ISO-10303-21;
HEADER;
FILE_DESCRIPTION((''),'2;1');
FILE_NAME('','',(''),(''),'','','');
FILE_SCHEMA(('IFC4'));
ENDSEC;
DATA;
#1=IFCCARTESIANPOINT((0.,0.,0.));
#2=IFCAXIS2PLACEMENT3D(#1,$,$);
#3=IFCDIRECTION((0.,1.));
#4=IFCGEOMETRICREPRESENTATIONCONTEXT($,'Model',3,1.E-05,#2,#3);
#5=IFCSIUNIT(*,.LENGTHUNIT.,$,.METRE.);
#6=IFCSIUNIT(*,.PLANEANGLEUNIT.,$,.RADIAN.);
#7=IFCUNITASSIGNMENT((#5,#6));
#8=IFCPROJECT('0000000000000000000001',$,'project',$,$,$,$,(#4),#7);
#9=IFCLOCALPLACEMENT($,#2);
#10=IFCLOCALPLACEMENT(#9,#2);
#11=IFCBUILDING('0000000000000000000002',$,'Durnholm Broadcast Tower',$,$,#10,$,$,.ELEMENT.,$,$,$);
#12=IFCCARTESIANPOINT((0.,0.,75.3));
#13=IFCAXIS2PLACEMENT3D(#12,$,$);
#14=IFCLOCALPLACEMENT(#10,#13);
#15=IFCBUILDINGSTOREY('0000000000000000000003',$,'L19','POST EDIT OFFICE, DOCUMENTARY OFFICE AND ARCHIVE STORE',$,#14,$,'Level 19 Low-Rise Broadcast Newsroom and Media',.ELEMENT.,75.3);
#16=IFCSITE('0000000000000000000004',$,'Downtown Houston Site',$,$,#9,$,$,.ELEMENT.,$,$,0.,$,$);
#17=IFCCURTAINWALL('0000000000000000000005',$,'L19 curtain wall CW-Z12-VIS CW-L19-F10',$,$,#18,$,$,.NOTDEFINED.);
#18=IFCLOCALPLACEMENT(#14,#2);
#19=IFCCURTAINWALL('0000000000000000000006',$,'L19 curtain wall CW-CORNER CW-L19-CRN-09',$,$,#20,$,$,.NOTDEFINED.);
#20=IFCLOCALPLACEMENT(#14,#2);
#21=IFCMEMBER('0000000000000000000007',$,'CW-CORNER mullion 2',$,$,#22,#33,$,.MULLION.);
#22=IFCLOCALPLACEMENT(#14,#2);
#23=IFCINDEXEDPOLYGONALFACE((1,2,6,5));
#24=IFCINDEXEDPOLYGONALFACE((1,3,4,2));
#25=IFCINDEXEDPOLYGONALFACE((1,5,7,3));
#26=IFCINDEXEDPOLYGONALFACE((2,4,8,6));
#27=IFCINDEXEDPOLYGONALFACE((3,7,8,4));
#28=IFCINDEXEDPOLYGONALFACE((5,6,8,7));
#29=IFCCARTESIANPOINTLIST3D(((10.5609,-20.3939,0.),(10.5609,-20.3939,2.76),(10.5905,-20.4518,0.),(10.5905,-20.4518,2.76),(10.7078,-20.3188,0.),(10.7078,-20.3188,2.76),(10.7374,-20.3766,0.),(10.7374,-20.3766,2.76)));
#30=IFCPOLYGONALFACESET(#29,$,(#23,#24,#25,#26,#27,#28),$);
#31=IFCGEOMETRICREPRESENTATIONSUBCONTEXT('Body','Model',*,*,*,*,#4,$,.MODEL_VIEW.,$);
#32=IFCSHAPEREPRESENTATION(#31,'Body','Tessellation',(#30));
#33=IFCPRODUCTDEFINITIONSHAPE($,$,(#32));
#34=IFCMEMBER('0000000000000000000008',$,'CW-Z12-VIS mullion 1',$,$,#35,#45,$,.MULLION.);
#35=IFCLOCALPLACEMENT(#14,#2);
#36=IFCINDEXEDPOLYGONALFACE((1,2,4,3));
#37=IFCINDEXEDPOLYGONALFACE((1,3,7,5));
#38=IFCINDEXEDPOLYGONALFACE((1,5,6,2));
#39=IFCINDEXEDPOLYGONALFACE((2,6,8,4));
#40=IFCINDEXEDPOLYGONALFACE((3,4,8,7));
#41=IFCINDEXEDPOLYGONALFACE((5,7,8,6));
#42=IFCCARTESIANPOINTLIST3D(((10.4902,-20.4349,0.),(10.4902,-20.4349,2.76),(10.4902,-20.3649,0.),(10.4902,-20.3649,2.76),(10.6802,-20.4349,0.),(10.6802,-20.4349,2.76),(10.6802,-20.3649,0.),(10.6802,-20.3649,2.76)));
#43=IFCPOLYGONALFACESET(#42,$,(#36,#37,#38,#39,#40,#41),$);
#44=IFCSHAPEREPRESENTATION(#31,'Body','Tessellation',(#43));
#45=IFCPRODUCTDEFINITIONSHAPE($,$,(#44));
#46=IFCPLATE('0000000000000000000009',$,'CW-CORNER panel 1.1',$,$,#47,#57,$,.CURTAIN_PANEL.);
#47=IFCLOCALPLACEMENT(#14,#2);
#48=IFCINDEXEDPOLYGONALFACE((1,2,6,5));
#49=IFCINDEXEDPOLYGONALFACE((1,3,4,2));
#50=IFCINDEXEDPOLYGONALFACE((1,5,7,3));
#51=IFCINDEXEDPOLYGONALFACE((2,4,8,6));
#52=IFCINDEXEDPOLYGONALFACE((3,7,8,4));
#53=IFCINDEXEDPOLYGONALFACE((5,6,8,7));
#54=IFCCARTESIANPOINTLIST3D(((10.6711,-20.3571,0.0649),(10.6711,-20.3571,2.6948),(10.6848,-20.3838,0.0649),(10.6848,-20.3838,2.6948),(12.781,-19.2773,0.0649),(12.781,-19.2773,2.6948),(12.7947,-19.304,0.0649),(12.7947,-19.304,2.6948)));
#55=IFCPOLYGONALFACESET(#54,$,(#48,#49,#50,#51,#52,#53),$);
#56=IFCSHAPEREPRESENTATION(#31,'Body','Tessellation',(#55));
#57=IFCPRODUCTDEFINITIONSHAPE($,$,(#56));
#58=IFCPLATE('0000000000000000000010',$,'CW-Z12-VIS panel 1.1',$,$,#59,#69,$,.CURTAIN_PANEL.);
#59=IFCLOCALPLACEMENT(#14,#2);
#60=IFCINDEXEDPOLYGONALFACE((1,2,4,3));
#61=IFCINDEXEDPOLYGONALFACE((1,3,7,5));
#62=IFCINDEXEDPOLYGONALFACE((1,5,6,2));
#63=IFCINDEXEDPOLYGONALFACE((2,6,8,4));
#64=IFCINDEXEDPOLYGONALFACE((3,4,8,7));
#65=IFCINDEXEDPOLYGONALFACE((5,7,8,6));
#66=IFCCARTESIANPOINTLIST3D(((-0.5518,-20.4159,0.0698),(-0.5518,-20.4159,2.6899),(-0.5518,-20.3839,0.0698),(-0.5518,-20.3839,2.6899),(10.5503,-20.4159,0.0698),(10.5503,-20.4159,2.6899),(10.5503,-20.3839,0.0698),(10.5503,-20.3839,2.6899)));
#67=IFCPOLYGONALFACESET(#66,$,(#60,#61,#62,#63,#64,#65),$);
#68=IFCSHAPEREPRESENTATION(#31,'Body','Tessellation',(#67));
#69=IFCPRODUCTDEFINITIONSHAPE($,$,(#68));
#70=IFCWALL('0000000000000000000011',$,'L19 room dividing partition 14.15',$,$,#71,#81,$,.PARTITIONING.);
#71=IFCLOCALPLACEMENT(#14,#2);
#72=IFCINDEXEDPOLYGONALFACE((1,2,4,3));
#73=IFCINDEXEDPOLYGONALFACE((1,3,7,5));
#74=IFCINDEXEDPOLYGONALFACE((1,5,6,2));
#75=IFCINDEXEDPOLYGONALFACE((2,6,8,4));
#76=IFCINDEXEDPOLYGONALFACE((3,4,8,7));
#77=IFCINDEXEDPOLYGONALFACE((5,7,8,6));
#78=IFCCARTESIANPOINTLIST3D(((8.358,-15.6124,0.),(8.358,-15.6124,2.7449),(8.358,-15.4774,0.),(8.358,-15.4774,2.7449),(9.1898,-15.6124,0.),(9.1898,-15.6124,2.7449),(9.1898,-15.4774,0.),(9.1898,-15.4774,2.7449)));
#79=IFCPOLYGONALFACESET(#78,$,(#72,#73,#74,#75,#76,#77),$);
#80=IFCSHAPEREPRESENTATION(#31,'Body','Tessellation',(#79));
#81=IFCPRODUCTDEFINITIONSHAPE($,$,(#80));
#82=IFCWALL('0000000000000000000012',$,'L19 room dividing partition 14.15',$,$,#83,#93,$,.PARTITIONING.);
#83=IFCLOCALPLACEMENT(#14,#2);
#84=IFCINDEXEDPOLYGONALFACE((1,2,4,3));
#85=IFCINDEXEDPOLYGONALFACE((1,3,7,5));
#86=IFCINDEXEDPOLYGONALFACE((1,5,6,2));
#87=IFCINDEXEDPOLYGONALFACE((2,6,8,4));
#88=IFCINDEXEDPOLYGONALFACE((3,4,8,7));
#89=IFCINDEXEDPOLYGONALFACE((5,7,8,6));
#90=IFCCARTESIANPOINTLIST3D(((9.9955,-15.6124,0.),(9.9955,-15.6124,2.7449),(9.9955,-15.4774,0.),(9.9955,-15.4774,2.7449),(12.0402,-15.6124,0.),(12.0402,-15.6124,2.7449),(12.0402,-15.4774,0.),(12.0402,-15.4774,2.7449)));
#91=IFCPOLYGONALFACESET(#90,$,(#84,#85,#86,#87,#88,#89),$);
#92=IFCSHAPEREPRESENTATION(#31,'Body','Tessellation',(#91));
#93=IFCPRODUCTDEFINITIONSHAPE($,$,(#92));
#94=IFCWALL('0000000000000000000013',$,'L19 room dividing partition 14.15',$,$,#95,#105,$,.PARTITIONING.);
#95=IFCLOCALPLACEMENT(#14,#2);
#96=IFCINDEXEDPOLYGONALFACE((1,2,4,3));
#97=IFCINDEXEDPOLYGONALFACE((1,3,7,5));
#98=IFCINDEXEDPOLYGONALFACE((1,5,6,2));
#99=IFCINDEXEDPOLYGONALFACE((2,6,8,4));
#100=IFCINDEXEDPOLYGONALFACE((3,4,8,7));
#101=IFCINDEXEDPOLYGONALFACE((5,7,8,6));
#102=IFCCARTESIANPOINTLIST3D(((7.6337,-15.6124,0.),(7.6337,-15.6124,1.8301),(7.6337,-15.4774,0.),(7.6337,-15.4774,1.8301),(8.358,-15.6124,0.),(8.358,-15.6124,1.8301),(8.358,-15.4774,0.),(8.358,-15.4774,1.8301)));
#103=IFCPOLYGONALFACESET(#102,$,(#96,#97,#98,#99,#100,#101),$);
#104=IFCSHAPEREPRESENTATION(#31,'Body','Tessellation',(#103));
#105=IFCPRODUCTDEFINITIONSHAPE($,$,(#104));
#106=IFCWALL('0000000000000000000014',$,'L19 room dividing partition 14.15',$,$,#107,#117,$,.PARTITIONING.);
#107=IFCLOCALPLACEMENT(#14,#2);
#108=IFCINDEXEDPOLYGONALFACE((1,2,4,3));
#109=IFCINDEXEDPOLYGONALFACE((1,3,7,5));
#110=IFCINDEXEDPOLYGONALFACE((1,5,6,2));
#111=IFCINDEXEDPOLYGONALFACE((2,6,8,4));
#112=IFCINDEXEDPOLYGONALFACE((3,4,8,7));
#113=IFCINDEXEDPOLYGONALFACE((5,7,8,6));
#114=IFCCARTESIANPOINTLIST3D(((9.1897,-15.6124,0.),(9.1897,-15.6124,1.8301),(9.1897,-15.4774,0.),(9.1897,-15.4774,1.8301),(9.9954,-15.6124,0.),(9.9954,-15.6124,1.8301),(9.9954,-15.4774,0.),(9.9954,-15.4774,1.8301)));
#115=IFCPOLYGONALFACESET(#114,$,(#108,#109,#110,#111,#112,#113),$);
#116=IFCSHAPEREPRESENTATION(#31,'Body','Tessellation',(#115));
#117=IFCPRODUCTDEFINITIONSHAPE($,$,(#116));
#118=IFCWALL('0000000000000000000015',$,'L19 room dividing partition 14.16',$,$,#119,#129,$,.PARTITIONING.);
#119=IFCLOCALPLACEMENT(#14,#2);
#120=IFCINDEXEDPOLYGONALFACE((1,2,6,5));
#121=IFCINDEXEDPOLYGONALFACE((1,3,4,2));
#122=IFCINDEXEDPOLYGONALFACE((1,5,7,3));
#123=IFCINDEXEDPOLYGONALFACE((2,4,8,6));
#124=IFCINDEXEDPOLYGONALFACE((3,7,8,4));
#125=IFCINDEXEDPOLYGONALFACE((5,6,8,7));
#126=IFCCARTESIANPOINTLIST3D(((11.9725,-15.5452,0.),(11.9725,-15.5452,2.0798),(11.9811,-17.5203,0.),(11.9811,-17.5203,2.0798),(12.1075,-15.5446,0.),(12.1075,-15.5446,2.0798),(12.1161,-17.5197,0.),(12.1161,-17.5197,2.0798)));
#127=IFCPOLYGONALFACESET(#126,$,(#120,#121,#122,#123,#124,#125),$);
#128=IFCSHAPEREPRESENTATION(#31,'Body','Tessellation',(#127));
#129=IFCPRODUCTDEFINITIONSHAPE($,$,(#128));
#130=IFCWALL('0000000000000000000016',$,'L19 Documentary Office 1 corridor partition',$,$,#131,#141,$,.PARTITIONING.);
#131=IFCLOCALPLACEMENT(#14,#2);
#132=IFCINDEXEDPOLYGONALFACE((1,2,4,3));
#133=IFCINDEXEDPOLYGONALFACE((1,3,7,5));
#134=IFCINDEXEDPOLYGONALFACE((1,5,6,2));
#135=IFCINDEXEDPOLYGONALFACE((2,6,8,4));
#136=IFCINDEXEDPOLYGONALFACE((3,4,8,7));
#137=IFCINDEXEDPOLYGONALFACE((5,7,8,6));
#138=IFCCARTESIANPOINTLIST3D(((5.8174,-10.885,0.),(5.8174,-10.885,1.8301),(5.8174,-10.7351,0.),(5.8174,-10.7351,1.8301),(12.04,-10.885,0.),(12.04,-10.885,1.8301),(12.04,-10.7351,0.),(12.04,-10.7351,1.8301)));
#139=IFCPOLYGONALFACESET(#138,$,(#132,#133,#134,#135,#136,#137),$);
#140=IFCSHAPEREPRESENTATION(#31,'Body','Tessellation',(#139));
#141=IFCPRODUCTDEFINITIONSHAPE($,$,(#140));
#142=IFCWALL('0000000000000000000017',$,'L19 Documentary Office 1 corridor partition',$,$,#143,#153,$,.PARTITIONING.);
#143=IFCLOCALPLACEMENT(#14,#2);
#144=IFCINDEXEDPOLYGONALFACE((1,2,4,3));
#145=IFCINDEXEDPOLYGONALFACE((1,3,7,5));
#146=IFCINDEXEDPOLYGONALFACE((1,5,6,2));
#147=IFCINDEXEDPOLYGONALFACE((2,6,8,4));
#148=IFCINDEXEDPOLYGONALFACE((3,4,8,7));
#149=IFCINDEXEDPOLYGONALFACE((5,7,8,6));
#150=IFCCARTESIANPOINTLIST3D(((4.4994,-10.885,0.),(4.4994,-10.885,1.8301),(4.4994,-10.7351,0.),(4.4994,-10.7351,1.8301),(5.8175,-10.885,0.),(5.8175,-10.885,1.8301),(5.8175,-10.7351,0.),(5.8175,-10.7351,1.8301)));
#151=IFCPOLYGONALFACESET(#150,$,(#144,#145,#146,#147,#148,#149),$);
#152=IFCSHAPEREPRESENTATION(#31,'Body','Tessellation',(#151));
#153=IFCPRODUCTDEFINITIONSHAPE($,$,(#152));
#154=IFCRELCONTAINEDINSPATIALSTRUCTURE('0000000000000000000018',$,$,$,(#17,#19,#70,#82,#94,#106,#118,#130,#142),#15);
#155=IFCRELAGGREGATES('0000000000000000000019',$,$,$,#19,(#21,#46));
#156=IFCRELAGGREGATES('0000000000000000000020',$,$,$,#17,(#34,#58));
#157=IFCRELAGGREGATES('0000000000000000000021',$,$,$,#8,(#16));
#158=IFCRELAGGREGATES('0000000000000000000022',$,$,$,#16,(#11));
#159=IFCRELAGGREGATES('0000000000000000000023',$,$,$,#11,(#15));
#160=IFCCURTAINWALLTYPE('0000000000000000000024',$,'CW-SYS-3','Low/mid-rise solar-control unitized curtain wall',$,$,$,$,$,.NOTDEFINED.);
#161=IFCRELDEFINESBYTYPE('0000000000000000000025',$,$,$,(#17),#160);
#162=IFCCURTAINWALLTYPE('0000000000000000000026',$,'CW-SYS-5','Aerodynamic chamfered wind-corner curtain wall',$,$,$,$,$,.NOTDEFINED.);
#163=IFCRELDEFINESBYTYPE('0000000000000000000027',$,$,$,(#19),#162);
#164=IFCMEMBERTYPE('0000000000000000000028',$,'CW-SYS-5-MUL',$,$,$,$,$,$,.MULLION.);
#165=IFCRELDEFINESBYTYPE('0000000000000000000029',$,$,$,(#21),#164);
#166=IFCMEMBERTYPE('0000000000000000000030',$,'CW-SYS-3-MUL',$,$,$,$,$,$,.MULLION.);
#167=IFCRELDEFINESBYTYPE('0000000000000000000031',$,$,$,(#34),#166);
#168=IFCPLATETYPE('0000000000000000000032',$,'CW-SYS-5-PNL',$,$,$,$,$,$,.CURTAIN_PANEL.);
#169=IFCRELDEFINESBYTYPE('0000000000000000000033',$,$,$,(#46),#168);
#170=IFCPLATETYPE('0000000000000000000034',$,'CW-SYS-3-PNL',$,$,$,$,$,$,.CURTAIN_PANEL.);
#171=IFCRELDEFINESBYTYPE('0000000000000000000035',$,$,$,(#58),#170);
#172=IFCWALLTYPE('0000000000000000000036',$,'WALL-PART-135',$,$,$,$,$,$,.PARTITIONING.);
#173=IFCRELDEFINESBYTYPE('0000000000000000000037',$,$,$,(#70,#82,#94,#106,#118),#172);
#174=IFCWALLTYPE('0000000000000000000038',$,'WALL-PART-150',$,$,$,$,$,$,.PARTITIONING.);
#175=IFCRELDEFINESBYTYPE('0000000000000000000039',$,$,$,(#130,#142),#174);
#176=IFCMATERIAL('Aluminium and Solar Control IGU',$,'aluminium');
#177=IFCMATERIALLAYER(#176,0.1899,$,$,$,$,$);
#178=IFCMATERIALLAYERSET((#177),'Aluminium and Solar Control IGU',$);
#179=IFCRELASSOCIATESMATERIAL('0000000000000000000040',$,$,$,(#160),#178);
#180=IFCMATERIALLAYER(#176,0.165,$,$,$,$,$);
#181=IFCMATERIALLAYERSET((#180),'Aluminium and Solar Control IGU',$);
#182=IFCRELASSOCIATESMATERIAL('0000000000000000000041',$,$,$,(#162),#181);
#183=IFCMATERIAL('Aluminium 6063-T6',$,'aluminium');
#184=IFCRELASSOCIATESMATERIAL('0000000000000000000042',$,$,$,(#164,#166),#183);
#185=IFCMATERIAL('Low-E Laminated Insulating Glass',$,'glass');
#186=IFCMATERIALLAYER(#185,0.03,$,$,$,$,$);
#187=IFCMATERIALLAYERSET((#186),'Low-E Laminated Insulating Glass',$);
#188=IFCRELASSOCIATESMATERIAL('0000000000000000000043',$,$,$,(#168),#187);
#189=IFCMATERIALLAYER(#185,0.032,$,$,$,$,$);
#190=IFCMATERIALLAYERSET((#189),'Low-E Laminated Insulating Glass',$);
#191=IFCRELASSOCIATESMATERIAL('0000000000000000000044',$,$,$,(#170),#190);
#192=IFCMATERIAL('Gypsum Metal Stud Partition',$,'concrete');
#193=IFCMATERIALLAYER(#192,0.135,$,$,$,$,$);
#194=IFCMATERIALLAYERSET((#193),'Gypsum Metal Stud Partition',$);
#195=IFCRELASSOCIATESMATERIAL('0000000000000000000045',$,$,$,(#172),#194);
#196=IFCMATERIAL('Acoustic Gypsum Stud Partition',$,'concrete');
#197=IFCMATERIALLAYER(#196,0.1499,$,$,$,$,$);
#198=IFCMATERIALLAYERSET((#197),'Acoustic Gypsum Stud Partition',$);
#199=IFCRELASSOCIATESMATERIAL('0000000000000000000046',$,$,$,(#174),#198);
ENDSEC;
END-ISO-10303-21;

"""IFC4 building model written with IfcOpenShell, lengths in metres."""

from ifc_helpers import new_model, si_unit, direction, frame, frame_2d, origin, origin_2d, place, context, subcontext, project, spatial, rectangle, extrude, source, transform, mapped, material, layer, layer_set, material_profile, profile_set, type_object, type_shapes, element, aggregate, save


model = new_model("IFC4")

# Units and contexts
model_context = context("Model", 3, precision=1e-05, world=origin(), true_north=direction((0.0, 1.0)))
body_context = subcontext(model_context, "Body", "Model", "MODEL_VIEW")
ifc_project = project(units=[si_unit("LENGTHUNIT", "METRE"), si_unit("PLANEANGLEUNIT", "RADIAN")], contexts=[model_context])

# Site, building, storey
site_placement = place(None, origin())
site = spatial("IfcSite", under=ifc_project, at=site_placement, Name="Downtown Houston Site", CompositionType="ELEMENT", RefElevation=0.0)
building_placement = place(site_placement, origin())
building = spatial("IfcBuilding", under=site, at=building_placement, Name="Durnholm Broadcast Tower", CompositionType="ELEMENT")
storey_placement = place(building_placement, frame((0.0, 0.0, 75.3)))
storey = spatial("IfcBuildingStorey", under=building, at=storey_placement, Name="L19", Description="POST EDIT OFFICE, DOCUMENTARY OFFICE AND ARCHIVE STORE", LongName="Level 19 Low-Rise Broadcast Newsroom and Media", CompositionType="ELEMENT", Elevation=75.3)

# Curtain wall
ifc_material_1 = material(Name="Aluminium and Solar Control IGU", Category="aluminium")
ifc_layer_1 = layer(ifc_material_1, 0.1899)
ifc_layer_set_1 = layer_set([ifc_layer_1], Name="Aluminium and Solar Control IGU")
curtain_wall_type_1 = type_object("IfcCurtainWallType", Name="CW-SYS-3", Description="Low/mid-rise solar-control unitized curtain wall", PredefinedType="NOTDEFINED", material=ifc_layer_set_1)
curtain_wall_1_placement = place(storey_placement, origin())
curtain_wall_1 = element("IfcCurtainWall", 1, at=curtain_wall_1_placement, inside=storey, type_object=curtain_wall_type_1, Name="L19 curtain wall CW-Z12-VIS CW-L19-F10", PredefinedType="NOTDEFINED")
ifc_material_2 = material(Name="Aluminium 6063-T6", Category="aluminium")

# Curtain wall, member
ifc_layer_2 = layer(ifc_material_1, 0.165)
ifc_layer_set_2 = layer_set([ifc_layer_2], Name="Aluminium and Solar Control IGU")
curtain_wall_type_2 = type_object("IfcCurtainWallType", Name="CW-SYS-5", Description="Aerodynamic chamfered wind-corner curtain wall", PredefinedType="NOTDEFINED", material=ifc_layer_set_2)
curtain_wall_2_placement = place(storey_placement, origin())
curtain_wall_2 = element("IfcCurtainWall", 2, at=curtain_wall_2_placement, inside=storey, type_object=curtain_wall_type_2, Name="L19 curtain wall CW-CORNER CW-L19-CRN-09", PredefinedType="NOTDEFINED")
ifc_material_profile_1 = material_profile(ifc_material_2, rectangle(XDim=0.0649, YDim=0.165, at=origin_2d()), Name="CWM65X165")
ifc_profile_set_1 = profile_set([ifc_material_profile_1], Name="Aluminium 6063-T6")
member_type_1 = type_object("IfcMemberType", Name="CW-SYS-5-MUL", PredefinedType="MULLION", material=ifc_profile_set_1)
shared_shape_1 = source(origin(), body_context, "Body", "SweptSolid", [
    extrude(rectangle(XDim=0.0649, YDim=0.165, at=origin_2d()), origin(), (0.0, 0.0, 1.0), 2.76),
])
type_shapes(member_type_1, [shared_shape_1])
member_1_placement = place(storey_placement, frame((10.6492, -20.3853, 0.0), z_axis=(0.0, 0.0, 1.0), x_axis=(0.455594, -0.890188, 0.0)))
member_1 = element("IfcMember", 3, at=member_1_placement, type_object=member_type_1, Name="CW-CORNER mullion 2", PredefinedType="MULLION", context=body_context, shape_type="MappedRepresentation", body=[
    mapped(shared_shape_1, transform((0.0, 0.0, 0.0), x_axis=(1.0, 0.0, 0.0), y_axis=(0.0, 1.0, 0.0), z_axis=(0.0, 0.0, 1.0), scale=1.0)),
])

# Member
ifc_material_profile_2 = material_profile(ifc_material_2, rectangle(XDim=0.0701, YDim=0.1899, at=origin_2d()), Name="CWM70X190")
ifc_profile_set_2 = profile_set([ifc_material_profile_2], Name="Aluminium 6063-T6")
member_type_2 = type_object("IfcMemberType", Name="CW-SYS-3-MUL", PredefinedType="MULLION", material=ifc_profile_set_2)
shared_shape_2 = source(origin(), body_context, "Body", "SweptSolid", [
    extrude(rectangle(XDim=0.0701, YDim=0.1899, at=origin_2d()), origin(), (0.0, 0.0, 1.0), 2.76),
])
type_shapes(member_type_2, [shared_shape_2])
member_2_placement = place(storey_placement, frame((10.5852, -20.3999, 0.0), z_axis=(0.0, 0.0, 1.0), x_axis=(0.0, -1.0, 0.0)))
member_2 = element("IfcMember", 4, at=member_2_placement, type_object=member_type_2, Name="CW-Z12-VIS mullion 1", PredefinedType="MULLION", context=body_context, shape_type="MappedRepresentation", body=[
    mapped(shared_shape_2, transform((0.0, 0.0, 0.0), x_axis=(1.0, 0.0, 0.0), y_axis=(0.0, 1.0, 0.0), z_axis=(0.0, 0.0, 1.0), scale=1.0)),
])

# Plates
ifc_material_3 = material(Name="Low-E Laminated Insulating Glass", Category="glass")
ifc_layer_3 = layer(ifc_material_3, 0.03)
ifc_layer_set_3 = layer_set([ifc_layer_3], Name="Low-E Laminated Insulating Glass")
plate_type_1 = type_object("IfcPlateType", Name="CW-SYS-5-PNL", PredefinedType="CURTAIN_PANEL", material=ifc_layer_set_3)
shared_shape_3 = source(origin(), body_context, "Body", "SweptSolid", [
    extrude(rectangle(XDim=2.3701, YDim=0.03, at=origin_2d()), origin(), (0.0, 0.0, 1.0), 2.6299),
])
type_shapes(plate_type_1, [shared_shape_3])
plate_1_placement = place(storey_placement, frame((11.7329, -19.8306, 0.0649), z_axis=(0.0, 0.0, 1.0), x_axis=(-0.890188, -0.455594, 0.0)))
plate_1 = element("IfcPlate", 5, at=plate_1_placement, type_object=plate_type_1, Name="CW-CORNER panel 1.1", PredefinedType="CURTAIN_PANEL", context=body_context, shape_type="MappedRepresentation", body=[
    mapped(shared_shape_3, transform((0.0, 0.0, 0.0), x_axis=(1.0, 0.0, 0.0), y_axis=(0.0, 1.0, 0.0), z_axis=(0.0, 0.0, 1.0), scale=1.0)),
])
aggregate(curtain_wall_2, [member_1, plate_1])
ifc_layer_4 = layer(ifc_material_3, 0.032)
ifc_layer_set_4 = layer_set([ifc_layer_4], Name="Low-E Laminated Insulating Glass")
plate_type_2 = type_object("IfcPlateType", Name="CW-SYS-3-PNL", PredefinedType="CURTAIN_PANEL", material=ifc_layer_set_4)
shared_shape_4 = source(origin(), body_context, "Body", "SweptSolid", [
    extrude(rectangle(XDim=11.1021, YDim=0.032, at=origin_2d()), origin(), (0.0, 0.0, 1.0), 2.6201),
])
type_shapes(plate_type_2, [shared_shape_4])
plate_2_placement = place(storey_placement, frame((4.9993, -20.3999, 0.0698), z_axis=(0.0, 0.0, 1.0), x_axis=(-1.0, 0.0, 0.0)))
plate_2 = element("IfcPlate", 6, at=plate_2_placement, type_object=plate_type_2, Name="CW-Z12-VIS panel 1.1", PredefinedType="CURTAIN_PANEL", context=body_context, shape_type="MappedRepresentation", body=[
    mapped(shared_shape_4, transform((0.0, 0.0, 0.0), x_axis=(1.0, 0.0, 0.0), y_axis=(0.0, 1.0, 0.0), z_axis=(0.0, 0.0, 1.0), scale=1.0)),
])
aggregate(curtain_wall_1, [member_2, plate_2])

# Walls
ifc_material_4 = material(Name="Gypsum Metal Stud Partition", Category="concrete")
ifc_layer_5 = layer(ifc_material_4, 0.135)
ifc_layer_set_5 = layer_set([ifc_layer_5], Name="Gypsum Metal Stud Partition")
wall_type_1 = type_object("IfcWallType", Name="WALL-PART-135", PredefinedType="PARTITIONING", material=ifc_layer_set_5)
wall_1_placement = place(storey_placement, frame((8.3579, -15.5449, 0.0), z_axis=(0.0, 0.0, 1.0), x_axis=(1.0, 0.0, 0.0)))
element("IfcWall", 7, at=wall_1_placement, inside=storey, type_object=wall_type_1, Name="L19 room dividing partition 14.15", PredefinedType="PARTITIONING", context=body_context, shape_type="SweptSolid", body=[
    extrude(rectangle(XDim=0.8318, YDim=0.135, at=frame_2d((0.416, 0.0))), origin(), (0.0, 0.0, 1.0), 2.7449),
])
wall_2_placement = place(storey_placement, frame((9.9954, -15.5449, 0.0), z_axis=(0.0, 0.0, 1.0), x_axis=(1.0, 0.0, 0.0)))
element("IfcWall", 8, at=wall_2_placement, inside=storey, type_object=wall_type_1, Name="L19 room dividing partition 14.15", PredefinedType="PARTITIONING", context=body_context, shape_type="SweptSolid", body=[
    extrude(rectangle(XDim=2.0447, YDim=0.135, at=frame_2d((1.0225, 0.0))), origin(), (0.0, 0.0, 1.0), 2.7449),
])
wall_3_placement = place(storey_placement, frame((7.6335, -15.5449, 0.0), z_axis=(0.0, 0.0, 1.0), x_axis=(1.0, 0.0, 0.0)))
element("IfcWall", 9, at=wall_3_placement, inside=storey, type_object=wall_type_1, Name="L19 room dividing partition 14.15", PredefinedType="PARTITIONING", context=body_context, shape_type="SweptSolid", body=[
    extrude(rectangle(XDim=0.7244, YDim=0.135, at=frame_2d((0.3623, 0.0))), origin(), (0.0, 0.0, 1.0), 1.8301),
])
wall_4_placement = place(storey_placement, frame((9.1897, -15.5449, 0.0), z_axis=(0.0, 0.0, 1.0), x_axis=(1.0, 0.0, 0.0)))
element("IfcWall", 10, at=wall_4_placement, inside=storey, type_object=wall_type_1, Name="L19 room dividing partition 14.15", PredefinedType="PARTITIONING", context=body_context, shape_type="SweptSolid", body=[
    extrude(rectangle(XDim=0.8057, YDim=0.135, at=frame_2d((0.4028, 0.0))), origin(), (0.0, 0.0, 1.0), 1.8301),
])
wall_5_placement = place(storey_placement, frame((12.04, -15.5449, 0.0), z_axis=(0.0, 0.0, 1.0), x_axis=(0.004326, -0.999991, 0.0)))
element("IfcWall", 11, at=wall_5_placement, inside=storey, type_object=wall_type_1, Name="L19 room dividing partition 14.16", PredefinedType="PARTITIONING", context=body_context, shape_type="SweptSolid", body=[
    extrude(rectangle(XDim=1.9751, YDim=0.135, at=frame_2d((0.9875, 0.0))), origin(), (0.0, 0.0, 1.0), 2.0798),
])
ifc_material_5 = material(Name="Acoustic Gypsum Stud Partition", Category="concrete")
ifc_layer_6 = layer(ifc_material_5, 0.1499)
ifc_layer_set_6 = layer_set([ifc_layer_6], Name="Acoustic Gypsum Stud Partition")
wall_type_2 = type_object("IfcWallType", Name="WALL-PART-150", PredefinedType="PARTITIONING", material=ifc_layer_set_6)
wall_6_placement = place(storey_placement, frame((5.8174, -10.8101, 0.0), z_axis=(0.0, 0.0, 1.0), x_axis=(1.0, 0.0, 0.0)))
element("IfcWall", 12, at=wall_6_placement, inside=storey, type_object=wall_type_2, Name="L19 Documentary Office 1 corridor partition", PredefinedType="PARTITIONING", context=body_context, shape_type="SweptSolid", body=[
    extrude(rectangle(XDim=6.2227, YDim=0.1499, at=frame_2d((3.1113, 0.0))), origin(), (0.0, 0.0, 1.0), 1.8301),
])
wall_7_placement = place(storey_placement, frame((4.4993, -10.8101, 0.0), z_axis=(0.0, 0.0, 1.0), x_axis=(1.0, 0.0, 0.0)))
element("IfcWall", 13, at=wall_7_placement, inside=storey, type_object=wall_type_2, Name="L19 Documentary Office 1 corridor partition", PredefinedType="PARTITIONING", context=body_context, shape_type="SweptSolid", body=[
    extrude(rectangle(XDim=1.3181, YDim=0.1499, at=frame_2d((0.6592, 0.0))), origin(), (0.0, 0.0, 1.0), 1.8301),
])

save(model, "model.ifc")
